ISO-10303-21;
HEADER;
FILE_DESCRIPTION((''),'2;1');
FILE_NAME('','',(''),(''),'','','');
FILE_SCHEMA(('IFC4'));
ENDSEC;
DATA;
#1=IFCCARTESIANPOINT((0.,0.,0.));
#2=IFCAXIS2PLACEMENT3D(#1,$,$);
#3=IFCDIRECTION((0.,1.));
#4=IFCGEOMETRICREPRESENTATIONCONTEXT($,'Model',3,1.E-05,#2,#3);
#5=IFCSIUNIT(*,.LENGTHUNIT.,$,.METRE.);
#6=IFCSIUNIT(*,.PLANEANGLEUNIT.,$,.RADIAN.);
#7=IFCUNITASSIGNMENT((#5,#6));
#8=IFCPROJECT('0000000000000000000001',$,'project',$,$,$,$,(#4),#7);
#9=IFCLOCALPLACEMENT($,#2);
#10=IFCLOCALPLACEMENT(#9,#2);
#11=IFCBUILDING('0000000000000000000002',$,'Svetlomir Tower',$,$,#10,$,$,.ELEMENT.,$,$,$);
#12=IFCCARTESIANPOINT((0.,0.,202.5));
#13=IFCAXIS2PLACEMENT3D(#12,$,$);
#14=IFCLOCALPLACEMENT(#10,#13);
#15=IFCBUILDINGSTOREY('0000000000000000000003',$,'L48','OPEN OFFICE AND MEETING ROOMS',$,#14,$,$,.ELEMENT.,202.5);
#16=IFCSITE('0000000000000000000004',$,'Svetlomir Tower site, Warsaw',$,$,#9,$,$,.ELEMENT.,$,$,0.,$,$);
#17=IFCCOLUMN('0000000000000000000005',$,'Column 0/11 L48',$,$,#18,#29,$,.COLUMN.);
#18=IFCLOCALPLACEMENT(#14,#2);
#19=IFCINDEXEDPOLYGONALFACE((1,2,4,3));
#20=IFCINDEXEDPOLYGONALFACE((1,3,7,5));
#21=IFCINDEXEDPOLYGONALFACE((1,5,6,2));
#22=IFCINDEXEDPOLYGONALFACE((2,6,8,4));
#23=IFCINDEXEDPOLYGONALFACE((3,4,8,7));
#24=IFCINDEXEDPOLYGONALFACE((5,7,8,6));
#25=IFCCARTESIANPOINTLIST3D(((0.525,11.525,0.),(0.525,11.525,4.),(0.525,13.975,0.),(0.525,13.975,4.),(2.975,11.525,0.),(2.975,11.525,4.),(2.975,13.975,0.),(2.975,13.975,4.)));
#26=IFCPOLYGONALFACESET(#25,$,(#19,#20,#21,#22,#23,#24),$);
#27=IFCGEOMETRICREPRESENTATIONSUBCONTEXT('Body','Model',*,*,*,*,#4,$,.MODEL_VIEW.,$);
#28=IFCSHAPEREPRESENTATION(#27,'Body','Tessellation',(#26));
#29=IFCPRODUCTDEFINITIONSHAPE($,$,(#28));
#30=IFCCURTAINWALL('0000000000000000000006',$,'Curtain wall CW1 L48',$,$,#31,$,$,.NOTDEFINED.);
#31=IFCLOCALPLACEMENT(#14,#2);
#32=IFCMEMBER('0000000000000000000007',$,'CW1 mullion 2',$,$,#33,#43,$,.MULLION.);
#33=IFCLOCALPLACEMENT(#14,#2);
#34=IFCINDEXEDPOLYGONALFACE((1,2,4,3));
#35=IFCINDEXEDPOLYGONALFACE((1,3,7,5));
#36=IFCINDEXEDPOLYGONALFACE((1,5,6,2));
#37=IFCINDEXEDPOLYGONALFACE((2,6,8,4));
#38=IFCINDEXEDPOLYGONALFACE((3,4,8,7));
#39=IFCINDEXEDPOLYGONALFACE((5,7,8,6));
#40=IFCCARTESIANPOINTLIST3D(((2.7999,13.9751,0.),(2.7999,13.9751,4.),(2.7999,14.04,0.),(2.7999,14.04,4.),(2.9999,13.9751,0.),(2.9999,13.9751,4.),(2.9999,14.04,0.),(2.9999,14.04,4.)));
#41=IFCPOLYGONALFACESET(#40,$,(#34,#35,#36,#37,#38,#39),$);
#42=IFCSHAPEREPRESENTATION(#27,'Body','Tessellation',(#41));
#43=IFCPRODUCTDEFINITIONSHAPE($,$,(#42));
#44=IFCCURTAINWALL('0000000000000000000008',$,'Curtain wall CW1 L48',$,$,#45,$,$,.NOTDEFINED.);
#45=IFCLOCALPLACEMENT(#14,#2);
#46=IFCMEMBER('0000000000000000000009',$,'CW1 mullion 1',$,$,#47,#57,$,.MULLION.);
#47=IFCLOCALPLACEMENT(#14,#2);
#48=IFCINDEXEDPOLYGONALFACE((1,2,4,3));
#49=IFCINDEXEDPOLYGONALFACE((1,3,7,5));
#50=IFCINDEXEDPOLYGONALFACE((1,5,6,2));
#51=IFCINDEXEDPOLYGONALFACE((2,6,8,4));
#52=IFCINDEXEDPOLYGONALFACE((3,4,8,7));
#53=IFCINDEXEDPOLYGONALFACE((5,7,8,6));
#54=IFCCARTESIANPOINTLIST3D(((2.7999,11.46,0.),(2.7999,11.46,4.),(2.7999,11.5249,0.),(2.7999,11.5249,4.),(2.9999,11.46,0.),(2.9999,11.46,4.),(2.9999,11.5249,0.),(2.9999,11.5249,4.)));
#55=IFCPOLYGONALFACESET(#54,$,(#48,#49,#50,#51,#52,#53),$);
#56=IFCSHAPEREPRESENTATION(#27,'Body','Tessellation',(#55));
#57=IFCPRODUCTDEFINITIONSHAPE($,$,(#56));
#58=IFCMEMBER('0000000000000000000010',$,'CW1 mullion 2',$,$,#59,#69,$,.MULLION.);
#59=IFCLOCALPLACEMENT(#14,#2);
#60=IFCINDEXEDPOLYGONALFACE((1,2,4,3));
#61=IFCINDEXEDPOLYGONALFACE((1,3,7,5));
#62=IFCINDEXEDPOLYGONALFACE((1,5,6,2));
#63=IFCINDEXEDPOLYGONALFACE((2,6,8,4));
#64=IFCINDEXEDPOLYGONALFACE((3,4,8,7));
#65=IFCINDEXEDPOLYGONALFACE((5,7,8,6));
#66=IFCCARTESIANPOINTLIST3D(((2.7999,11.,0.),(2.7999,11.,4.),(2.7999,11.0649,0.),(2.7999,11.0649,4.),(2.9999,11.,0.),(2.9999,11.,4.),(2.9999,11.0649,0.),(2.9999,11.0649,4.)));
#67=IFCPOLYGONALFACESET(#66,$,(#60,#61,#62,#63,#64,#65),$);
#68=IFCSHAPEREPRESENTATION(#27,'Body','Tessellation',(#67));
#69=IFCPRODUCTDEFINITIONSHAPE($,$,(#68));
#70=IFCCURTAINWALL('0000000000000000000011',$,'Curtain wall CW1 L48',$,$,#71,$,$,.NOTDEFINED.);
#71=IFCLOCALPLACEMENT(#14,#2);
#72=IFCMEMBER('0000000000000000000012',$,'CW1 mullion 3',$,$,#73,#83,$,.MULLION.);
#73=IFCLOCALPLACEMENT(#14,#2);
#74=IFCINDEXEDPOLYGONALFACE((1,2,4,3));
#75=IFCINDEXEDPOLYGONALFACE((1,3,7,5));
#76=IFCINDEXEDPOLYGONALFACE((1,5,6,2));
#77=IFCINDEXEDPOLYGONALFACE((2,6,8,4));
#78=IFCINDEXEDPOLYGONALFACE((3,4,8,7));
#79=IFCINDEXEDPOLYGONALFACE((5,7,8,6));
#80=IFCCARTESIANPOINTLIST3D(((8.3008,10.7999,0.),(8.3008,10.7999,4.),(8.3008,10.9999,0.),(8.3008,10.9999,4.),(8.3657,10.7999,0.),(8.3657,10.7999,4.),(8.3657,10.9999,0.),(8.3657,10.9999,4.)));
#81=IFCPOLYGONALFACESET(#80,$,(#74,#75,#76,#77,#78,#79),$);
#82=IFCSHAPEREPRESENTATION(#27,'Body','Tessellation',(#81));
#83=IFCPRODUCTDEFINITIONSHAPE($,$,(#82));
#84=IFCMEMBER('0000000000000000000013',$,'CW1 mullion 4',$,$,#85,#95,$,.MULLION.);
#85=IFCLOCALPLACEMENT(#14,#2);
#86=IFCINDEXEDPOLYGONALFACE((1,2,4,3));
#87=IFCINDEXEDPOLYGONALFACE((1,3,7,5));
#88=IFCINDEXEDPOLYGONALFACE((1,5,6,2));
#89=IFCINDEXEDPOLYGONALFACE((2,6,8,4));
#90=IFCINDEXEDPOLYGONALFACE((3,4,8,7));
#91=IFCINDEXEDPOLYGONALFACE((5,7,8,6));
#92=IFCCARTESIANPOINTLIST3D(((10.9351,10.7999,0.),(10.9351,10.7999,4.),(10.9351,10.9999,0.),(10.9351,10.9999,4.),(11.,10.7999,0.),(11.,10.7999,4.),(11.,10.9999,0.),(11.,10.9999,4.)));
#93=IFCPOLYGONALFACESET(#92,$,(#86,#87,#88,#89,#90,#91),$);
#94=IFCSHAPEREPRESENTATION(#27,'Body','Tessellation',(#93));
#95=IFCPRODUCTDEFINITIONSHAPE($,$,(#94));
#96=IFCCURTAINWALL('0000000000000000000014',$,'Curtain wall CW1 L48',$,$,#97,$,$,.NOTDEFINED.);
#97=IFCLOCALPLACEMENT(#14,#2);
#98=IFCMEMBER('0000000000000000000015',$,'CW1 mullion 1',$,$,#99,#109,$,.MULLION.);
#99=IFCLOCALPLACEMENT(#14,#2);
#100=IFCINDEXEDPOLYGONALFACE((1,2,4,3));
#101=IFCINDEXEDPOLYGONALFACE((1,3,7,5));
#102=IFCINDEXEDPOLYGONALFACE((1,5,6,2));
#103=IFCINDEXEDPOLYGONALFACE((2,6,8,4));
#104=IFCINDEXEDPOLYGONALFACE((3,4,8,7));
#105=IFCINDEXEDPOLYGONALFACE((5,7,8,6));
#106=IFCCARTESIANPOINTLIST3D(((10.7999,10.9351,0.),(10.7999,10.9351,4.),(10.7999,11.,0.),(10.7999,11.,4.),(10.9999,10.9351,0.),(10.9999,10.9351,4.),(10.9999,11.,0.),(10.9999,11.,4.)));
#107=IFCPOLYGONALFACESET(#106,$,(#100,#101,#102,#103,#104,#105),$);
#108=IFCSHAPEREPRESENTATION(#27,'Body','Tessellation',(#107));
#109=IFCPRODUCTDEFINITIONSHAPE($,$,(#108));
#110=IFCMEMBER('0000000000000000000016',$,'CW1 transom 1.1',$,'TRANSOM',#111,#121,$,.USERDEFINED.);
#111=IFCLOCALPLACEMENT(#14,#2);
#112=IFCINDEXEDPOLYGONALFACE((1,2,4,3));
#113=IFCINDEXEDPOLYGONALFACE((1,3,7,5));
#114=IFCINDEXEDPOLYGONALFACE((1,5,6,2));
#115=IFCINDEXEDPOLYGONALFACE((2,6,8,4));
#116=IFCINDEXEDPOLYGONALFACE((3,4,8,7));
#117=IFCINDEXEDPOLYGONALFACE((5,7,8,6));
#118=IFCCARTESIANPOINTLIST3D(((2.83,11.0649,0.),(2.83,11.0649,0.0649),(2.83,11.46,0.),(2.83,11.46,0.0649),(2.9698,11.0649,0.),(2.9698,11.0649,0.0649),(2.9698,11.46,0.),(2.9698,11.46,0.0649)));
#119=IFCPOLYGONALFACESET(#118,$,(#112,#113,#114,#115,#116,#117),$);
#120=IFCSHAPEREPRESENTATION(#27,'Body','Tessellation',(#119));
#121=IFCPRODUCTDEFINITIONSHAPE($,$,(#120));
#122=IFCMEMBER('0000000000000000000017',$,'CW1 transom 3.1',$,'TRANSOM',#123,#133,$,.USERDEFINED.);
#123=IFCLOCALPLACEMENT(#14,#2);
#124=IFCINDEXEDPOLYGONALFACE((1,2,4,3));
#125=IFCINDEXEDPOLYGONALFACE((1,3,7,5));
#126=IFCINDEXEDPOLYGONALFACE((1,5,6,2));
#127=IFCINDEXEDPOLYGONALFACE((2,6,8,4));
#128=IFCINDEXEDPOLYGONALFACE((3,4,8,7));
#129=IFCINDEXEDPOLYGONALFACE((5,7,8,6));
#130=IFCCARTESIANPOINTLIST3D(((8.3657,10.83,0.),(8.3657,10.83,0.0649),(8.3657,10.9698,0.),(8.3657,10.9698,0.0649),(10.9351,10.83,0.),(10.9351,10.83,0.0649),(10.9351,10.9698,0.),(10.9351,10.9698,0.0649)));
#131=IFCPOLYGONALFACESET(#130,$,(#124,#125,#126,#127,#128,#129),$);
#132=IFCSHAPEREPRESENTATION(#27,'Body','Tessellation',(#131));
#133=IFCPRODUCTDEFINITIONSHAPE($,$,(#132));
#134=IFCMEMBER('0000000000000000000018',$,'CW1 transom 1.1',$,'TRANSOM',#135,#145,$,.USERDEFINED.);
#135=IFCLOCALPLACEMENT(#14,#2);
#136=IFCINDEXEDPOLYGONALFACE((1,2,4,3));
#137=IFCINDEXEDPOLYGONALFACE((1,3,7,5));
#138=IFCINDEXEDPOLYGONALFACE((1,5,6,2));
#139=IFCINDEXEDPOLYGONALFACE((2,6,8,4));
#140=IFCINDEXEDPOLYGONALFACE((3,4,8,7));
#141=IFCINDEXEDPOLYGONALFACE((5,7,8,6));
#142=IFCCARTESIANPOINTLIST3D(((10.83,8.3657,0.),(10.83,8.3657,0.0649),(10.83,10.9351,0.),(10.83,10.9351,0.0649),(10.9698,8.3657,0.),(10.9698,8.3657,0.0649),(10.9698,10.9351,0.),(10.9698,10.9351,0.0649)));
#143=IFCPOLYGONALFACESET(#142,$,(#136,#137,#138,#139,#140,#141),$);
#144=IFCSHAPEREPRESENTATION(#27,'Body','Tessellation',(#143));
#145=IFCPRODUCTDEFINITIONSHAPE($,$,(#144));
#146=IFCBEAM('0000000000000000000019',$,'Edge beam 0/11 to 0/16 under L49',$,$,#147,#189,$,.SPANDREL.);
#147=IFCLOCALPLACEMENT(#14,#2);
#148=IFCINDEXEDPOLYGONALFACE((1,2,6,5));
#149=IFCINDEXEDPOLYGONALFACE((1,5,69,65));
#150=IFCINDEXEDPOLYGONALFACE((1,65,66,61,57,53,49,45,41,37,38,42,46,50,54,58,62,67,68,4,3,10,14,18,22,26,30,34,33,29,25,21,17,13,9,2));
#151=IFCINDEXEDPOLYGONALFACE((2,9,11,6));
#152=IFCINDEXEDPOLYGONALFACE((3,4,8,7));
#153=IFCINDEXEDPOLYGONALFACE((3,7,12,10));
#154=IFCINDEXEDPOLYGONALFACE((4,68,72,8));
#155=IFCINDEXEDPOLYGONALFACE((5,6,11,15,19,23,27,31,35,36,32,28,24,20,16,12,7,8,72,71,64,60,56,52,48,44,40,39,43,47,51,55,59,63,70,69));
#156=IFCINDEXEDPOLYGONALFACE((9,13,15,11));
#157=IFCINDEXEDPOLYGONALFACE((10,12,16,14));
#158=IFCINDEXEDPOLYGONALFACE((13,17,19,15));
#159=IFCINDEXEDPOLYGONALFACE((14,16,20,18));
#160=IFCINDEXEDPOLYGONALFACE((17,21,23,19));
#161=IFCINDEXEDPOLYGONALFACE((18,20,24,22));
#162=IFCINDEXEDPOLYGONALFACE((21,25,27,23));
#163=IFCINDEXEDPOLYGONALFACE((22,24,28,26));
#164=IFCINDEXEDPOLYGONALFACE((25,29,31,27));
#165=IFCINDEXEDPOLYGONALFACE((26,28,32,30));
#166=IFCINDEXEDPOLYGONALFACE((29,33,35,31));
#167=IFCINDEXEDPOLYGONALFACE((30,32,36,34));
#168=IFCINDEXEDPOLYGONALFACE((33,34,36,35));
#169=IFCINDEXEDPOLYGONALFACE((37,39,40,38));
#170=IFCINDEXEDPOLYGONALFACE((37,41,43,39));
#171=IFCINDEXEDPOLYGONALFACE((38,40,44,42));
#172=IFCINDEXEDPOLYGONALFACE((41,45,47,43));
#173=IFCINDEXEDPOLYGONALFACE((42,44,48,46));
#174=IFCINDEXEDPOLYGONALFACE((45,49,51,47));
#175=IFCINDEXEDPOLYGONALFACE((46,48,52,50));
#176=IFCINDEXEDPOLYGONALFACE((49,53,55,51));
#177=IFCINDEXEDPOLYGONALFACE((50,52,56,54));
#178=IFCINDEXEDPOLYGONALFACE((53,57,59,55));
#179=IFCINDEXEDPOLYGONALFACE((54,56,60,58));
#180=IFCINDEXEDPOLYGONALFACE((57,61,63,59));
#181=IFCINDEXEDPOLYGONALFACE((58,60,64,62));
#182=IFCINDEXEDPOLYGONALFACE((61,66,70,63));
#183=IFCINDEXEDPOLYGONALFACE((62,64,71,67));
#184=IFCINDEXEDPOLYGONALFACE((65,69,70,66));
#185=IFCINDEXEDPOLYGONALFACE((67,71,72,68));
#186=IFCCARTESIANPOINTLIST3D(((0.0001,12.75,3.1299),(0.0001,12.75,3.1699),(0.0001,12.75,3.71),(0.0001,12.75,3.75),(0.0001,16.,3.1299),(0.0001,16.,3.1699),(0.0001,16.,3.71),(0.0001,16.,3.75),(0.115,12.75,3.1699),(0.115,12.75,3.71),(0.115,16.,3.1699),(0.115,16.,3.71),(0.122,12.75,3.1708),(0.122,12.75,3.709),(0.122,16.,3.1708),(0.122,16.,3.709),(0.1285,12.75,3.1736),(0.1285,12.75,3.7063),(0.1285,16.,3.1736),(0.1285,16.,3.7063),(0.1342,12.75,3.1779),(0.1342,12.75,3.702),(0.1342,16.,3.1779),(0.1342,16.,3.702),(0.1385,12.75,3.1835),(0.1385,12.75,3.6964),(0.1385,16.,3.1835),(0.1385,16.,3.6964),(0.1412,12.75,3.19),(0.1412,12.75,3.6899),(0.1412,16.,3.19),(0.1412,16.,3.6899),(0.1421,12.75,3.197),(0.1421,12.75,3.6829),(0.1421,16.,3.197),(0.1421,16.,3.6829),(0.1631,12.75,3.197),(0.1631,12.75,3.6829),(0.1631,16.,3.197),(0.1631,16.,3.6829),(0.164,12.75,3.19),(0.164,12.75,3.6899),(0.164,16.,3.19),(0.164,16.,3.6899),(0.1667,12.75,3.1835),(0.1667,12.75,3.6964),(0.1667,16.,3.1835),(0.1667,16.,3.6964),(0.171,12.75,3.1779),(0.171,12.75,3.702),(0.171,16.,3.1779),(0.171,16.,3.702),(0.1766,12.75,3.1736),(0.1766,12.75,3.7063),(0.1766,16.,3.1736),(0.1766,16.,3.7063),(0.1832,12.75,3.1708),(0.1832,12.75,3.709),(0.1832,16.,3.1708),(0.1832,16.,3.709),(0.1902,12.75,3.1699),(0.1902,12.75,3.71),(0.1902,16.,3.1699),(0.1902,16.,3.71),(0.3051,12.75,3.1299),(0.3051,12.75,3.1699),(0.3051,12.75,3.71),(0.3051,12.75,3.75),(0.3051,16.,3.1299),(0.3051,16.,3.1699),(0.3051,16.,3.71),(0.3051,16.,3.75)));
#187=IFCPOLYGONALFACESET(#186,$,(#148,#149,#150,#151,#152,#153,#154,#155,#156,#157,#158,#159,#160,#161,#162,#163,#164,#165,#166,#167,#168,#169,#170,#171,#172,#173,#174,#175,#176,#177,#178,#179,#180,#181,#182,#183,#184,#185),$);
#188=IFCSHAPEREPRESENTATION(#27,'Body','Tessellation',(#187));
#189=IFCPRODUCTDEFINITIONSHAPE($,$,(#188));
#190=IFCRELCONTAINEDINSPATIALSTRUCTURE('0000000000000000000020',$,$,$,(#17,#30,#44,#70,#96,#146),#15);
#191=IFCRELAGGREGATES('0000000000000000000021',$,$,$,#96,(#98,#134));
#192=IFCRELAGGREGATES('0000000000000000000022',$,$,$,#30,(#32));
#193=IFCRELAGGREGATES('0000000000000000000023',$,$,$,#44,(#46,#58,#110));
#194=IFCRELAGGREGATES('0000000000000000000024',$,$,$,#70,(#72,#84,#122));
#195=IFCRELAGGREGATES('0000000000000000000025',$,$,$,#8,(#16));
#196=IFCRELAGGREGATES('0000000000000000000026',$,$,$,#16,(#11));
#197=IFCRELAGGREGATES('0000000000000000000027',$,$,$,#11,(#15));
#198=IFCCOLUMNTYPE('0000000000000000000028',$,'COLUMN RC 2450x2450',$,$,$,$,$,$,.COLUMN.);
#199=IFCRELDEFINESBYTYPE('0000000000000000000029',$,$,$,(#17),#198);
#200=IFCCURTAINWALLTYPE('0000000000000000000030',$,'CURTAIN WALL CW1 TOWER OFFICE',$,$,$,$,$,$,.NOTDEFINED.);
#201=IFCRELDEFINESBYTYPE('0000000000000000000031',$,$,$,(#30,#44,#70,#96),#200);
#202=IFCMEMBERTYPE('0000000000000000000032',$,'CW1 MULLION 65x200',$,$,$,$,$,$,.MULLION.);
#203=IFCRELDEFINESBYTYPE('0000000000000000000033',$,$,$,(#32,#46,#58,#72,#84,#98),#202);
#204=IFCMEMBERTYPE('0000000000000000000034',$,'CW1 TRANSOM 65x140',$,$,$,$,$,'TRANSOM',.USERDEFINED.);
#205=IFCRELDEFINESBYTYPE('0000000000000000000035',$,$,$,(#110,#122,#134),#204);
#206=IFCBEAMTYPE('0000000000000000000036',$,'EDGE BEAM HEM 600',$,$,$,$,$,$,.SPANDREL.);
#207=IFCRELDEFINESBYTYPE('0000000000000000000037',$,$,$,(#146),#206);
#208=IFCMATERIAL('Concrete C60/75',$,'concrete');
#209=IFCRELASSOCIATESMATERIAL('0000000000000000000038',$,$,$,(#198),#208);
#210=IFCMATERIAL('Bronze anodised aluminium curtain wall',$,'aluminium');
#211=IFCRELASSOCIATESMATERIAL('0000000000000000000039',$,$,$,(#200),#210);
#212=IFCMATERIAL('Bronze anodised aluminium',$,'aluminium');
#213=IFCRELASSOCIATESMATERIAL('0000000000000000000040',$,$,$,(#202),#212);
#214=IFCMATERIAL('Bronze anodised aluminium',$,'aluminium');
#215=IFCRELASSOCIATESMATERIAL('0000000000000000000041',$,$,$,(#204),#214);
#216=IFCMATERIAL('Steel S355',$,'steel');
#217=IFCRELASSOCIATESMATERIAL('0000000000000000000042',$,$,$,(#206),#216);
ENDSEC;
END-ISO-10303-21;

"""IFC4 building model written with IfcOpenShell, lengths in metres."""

from ifc_helpers import new_model, si_unit, direction, frame, origin, origin_2d, place, context, subcontext, project, spatial, rectangle, i_section, extrude, material, material_profile, profile_set, type_object, element, aggregate, save


model = new_model("IFC4")

# Units and contexts
model_context = context("Model", 3, precision=1e-05, world=origin(), true_north=direction((0.0, 1.0)))
body_context = subcontext(model_context, "Body", "Model", "MODEL_VIEW")
ifc_project = project(units=[si_unit("LENGTHUNIT", "METRE"), si_unit("PLANEANGLEUNIT", "RADIAN")], contexts=[model_context])

# Site, building, storey
site_placement = place(None, origin())
site = spatial("IfcSite", under=ifc_project, at=site_placement, Name="Svetlomir Tower site, Warsaw", CompositionType="ELEMENT", RefElevation=0.0)
building_placement = place(site_placement, origin())
building = spatial("IfcBuilding", under=site, at=building_placement, Name="Svetlomir Tower", CompositionType="ELEMENT")
storey_placement = place(building_placement, frame((0.0, 0.0, 202.5)))
storey = spatial("IfcBuildingStorey", under=building, at=storey_placement, Name="L48", Description="OPEN OFFICE AND MEETING ROOMS", CompositionType="ELEMENT", Elevation=202.5)

# Column
ifc_material_1 = material(Name="Concrete C60/75", Category="concrete")
ifc_material_profile_1 = material_profile(ifc_material_1, rectangle(XDim=2.45, YDim=2.45, at=origin_2d()), Name="RC 2450x2450")
ifc_profile_set_1 = profile_set([ifc_material_profile_1], Name="Concrete C60/75")
column_type = type_object("IfcColumnType", Name="COLUMN RC 2450x2450", PredefinedType="COLUMN", material=ifc_profile_set_1)
column_placement = place(storey_placement, frame((1.75, 12.75, 0.0), z_axis=(0.0, 0.0, 1.0), x_axis=(1.0, 0.0, 0.0)))
element("IfcColumn", 1, at=column_placement, inside=storey, type_object=column_type, Name="Column 0/11 L48", PredefinedType="COLUMN", context=body_context, shape_type="SweptSolid", body=[
    extrude(rectangle(XDim=2.45, YDim=2.45, at=origin_2d()), origin(), (0.0, 0.0, 1.0), 4.0),
])

# Curtain wall, member
ifc_material_2 = material(Name="Bronze anodised aluminium curtain wall", Category="aluminium")
curtain_wall_type = type_object("IfcCurtainWallType", Name="CURTAIN WALL CW1 TOWER OFFICE", PredefinedType="NOTDEFINED", material=ifc_material_2)
curtain_wall_1_placement = place(storey_placement, origin())
curtain_wall_1 = element("IfcCurtainWall", 2, at=curtain_wall_1_placement, inside=storey, type_object=curtain_wall_type, Name="Curtain wall CW1 L48", PredefinedType="NOTDEFINED")
ifc_material_3 = material(Name="Bronze anodised aluminium", Category="aluminium")
ifc_material_profile_2 = material_profile(ifc_material_3, rectangle(XDim=0.0649, YDim=0.2, at=origin_2d()), Name="AL 65x200")
ifc_profile_set_2 = profile_set([ifc_material_profile_2], Name="Bronze anodised aluminium 6063-T6")
member_type_1 = type_object("IfcMemberType", Name="CW1 MULLION 65x200", PredefinedType="MULLION", material=ifc_profile_set_2)
member_1_placement = place(storey_placement, frame((2.8999, 14.0076, 0.0), z_axis=(0.0, 0.0, 1.0), x_axis=(0.0, -1.0, 0.0)))
member_1 = element("IfcMember", 3, at=member_1_placement, type_object=member_type_1, Name="CW1 mullion 2", PredefinedType="MULLION", context=body_context, shape_type="SweptSolid", body=[
    extrude(rectangle(XDim=0.0649, YDim=0.2, at=origin_2d()), origin(), (0.0, 0.0, 1.0), 4.0),
])

# Curtain walls, members
curtain_wall_2_placement = place(storey_placement, origin())
curtain_wall_2 = element("IfcCurtainWall", 4, at=curtain_wall_2_placement, inside=storey, type_object=curtain_wall_type, Name="Curtain wall CW1 L48", PredefinedType="NOTDEFINED")
member_2_placement = place(storey_placement, frame((2.8999, 11.4924, 0.0), z_axis=(0.0, 0.0, 1.0), x_axis=(0.0, -1.0, 0.0)))
member_2 = element("IfcMember", 5, at=member_2_placement, type_object=member_type_1, Name="CW1 mullion 1", PredefinedType="MULLION", context=body_context, shape_type="SweptSolid", body=[
    extrude(rectangle(XDim=0.0649, YDim=0.2, at=origin_2d()), origin(), (0.0, 0.0, 1.0), 4.0),
])
member_3_placement = place(storey_placement, frame((2.8999, 11.0325, 0.0), z_axis=(0.0, 0.0, 1.0), x_axis=(0.0, -1.0, 0.0)))
member_3 = element("IfcMember", 6, at=member_3_placement, type_object=member_type_1, Name="CW1 mullion 2", PredefinedType="MULLION", context=body_context, shape_type="SweptSolid", body=[
    extrude(rectangle(XDim=0.0649, YDim=0.2, at=origin_2d()), origin(), (0.0, 0.0, 1.0), 4.0),
])
curtain_wall_3_placement = place(storey_placement, origin())
curtain_wall_3 = element("IfcCurtainWall", 7, at=curtain_wall_3_placement, inside=storey, type_object=curtain_wall_type, Name="Curtain wall CW1 L48", PredefinedType="NOTDEFINED")
member_4_placement = place(storey_placement, frame((8.3333, 10.8999, 0.0), z_axis=(0.0, 0.0, 1.0), x_axis=(1.0, 0.0, 0.0)))
member_4 = element("IfcMember", 8, at=member_4_placement, type_object=member_type_1, Name="CW1 mullion 3", PredefinedType="MULLION", context=body_context, shape_type="SweptSolid", body=[
    extrude(rectangle(XDim=0.0649, YDim=0.2, at=origin_2d()), origin(), (0.0, 0.0, 1.0), 4.0),
])
member_5_placement = place(storey_placement, frame((10.9675, 10.8999, 0.0), z_axis=(0.0, 0.0, 1.0), x_axis=(1.0, 0.0, 0.0)))
member_5 = element("IfcMember", 9, at=member_5_placement, type_object=member_type_1, Name="CW1 mullion 4", PredefinedType="MULLION", context=body_context, shape_type="SweptSolid", body=[
    extrude(rectangle(XDim=0.0649, YDim=0.2, at=origin_2d()), origin(), (0.0, 0.0, 1.0), 4.0),
])

# Curtain wall, member
curtain_wall_4_placement = place(storey_placement, origin())
curtain_wall_4 = element("IfcCurtainWall", 10, at=curtain_wall_4_placement, inside=storey, type_object=curtain_wall_type, Name="Curtain wall CW1 L48", PredefinedType="NOTDEFINED")
member_6_placement = place(storey_placement, frame((10.8999, 10.9675, 0.0), z_axis=(0.0, 0.0, 1.0), x_axis=(0.0, -1.0, 0.0)))
member_6 = element("IfcMember", 11, at=member_6_placement, type_object=member_type_1, Name="CW1 mullion 1", PredefinedType="MULLION", context=body_context, shape_type="SweptSolid", body=[
    extrude(rectangle(XDim=0.0649, YDim=0.2, at=origin_2d()), origin(), (0.0, 0.0, 1.0), 4.0),
])

# Members
ifc_material_4 = material(Name="Bronze anodised aluminium", Category="aluminium")
ifc_material_profile_3 = material_profile(ifc_material_4, rectangle(XDim=0.1399, YDim=0.0649, at=origin_2d()), Name="AL 140x65")
ifc_profile_set_3 = profile_set([ifc_material_profile_3], Name="Bronze anodised aluminium 6063-T6")
member_type_2 = type_object("IfcMemberType", Name="CW1 TRANSOM 65x140", ElementType="TRANSOM", PredefinedType="USERDEFINED", material=ifc_profile_set_3)
member_7_placement = place(storey_placement, frame((2.8999, 11.46, 0.0325), z_axis=(0.0, -1.0, 0.0), x_axis=(1.0, 0.0, 0.0)))
member_7 = element("IfcMember", 12, at=member_7_placement, type_object=member_type_2, Name="CW1 transom 1.1", ObjectType="TRANSOM", PredefinedType="USERDEFINED", context=body_context, shape_type="SweptSolid", body=[
    extrude(rectangle(XDim=0.1399, YDim=0.0649, at=origin_2d()), origin(), (0.0, 0.0, 1.0), 0.395),
])
member_8_placement = place(storey_placement, frame((8.3657, 10.8999, 0.0325), z_axis=(1.0, 0.0, 0.0), x_axis=(0.0, 1.0, 0.0)))
member_8 = element("IfcMember", 13, at=member_8_placement, type_object=member_type_2, Name="CW1 transom 3.1", ObjectType="TRANSOM", PredefinedType="USERDEFINED", context=body_context, shape_type="SweptSolid", body=[
    extrude(rectangle(XDim=0.1399, YDim=0.0649, at=origin_2d()), origin(), (0.0, 0.0, 1.0), 2.5693),
])
member_9_placement = place(storey_placement, frame((10.8999, 10.9351, 0.0325), z_axis=(0.0, -1.0, 0.0), x_axis=(1.0, 0.0, 0.0)))
member_9 = element("IfcMember", 14, at=member_9_placement, type_object=member_type_2, Name="CW1 transom 1.1", ObjectType="TRANSOM", PredefinedType="USERDEFINED", context=body_context, shape_type="SweptSolid", body=[
    extrude(rectangle(XDim=0.1399, YDim=0.0649, at=origin_2d()), origin(), (0.0, 0.0, 1.0), 2.5693),
])
aggregate(curtain_wall_4, [member_6, member_9])

# Beam
ifc_material_5 = material(Name="Steel S355", Category="steel")
ifc_material_profile_4 = material_profile(ifc_material_5, i_section(OverallWidth=0.3049, OverallDepth=0.6201, WebThickness=0.021, FlangeThickness=0.04, FilletRadius=0.0271, at=origin_2d()), Name="HEM 600")
ifc_profile_set_4 = profile_set([ifc_material_profile_4], Name="Steel S355")
beam_type_1 = type_object("IfcBeamType", Name="EDGE BEAM HEM 600", PredefinedType="SPANDREL", material=ifc_profile_set_4)
beam_1_placement = place(storey_placement, frame((0.1526, 12.75, 3.4399), z_axis=(0.0, 1.0, 0.0), x_axis=(-1.0, 0.0, 0.0)))
element("IfcBeam", 15, at=beam_1_placement, inside=storey, type_object=beam_type_1, Name="Edge beam 0/11 to 0/16 under L49", PredefinedType="SPANDREL", context=body_context, shape_type="SweptSolid", body=[
    extrude(i_section(OverallWidth=0.3049, OverallDepth=0.6201, WebThickness=0.021, FlangeThickness=0.04, FilletRadius=0.0271, at=origin_2d()), origin(), (0.0, 0.0, 1.0), 3.25),
])

aggregate(curtain_wall_1, [member_1])
aggregate(curtain_wall_2, [member_2, member_3, member_7])
aggregate(curtain_wall_3, [member_4, member_5, member_8])

save(model, "model.ifc")
